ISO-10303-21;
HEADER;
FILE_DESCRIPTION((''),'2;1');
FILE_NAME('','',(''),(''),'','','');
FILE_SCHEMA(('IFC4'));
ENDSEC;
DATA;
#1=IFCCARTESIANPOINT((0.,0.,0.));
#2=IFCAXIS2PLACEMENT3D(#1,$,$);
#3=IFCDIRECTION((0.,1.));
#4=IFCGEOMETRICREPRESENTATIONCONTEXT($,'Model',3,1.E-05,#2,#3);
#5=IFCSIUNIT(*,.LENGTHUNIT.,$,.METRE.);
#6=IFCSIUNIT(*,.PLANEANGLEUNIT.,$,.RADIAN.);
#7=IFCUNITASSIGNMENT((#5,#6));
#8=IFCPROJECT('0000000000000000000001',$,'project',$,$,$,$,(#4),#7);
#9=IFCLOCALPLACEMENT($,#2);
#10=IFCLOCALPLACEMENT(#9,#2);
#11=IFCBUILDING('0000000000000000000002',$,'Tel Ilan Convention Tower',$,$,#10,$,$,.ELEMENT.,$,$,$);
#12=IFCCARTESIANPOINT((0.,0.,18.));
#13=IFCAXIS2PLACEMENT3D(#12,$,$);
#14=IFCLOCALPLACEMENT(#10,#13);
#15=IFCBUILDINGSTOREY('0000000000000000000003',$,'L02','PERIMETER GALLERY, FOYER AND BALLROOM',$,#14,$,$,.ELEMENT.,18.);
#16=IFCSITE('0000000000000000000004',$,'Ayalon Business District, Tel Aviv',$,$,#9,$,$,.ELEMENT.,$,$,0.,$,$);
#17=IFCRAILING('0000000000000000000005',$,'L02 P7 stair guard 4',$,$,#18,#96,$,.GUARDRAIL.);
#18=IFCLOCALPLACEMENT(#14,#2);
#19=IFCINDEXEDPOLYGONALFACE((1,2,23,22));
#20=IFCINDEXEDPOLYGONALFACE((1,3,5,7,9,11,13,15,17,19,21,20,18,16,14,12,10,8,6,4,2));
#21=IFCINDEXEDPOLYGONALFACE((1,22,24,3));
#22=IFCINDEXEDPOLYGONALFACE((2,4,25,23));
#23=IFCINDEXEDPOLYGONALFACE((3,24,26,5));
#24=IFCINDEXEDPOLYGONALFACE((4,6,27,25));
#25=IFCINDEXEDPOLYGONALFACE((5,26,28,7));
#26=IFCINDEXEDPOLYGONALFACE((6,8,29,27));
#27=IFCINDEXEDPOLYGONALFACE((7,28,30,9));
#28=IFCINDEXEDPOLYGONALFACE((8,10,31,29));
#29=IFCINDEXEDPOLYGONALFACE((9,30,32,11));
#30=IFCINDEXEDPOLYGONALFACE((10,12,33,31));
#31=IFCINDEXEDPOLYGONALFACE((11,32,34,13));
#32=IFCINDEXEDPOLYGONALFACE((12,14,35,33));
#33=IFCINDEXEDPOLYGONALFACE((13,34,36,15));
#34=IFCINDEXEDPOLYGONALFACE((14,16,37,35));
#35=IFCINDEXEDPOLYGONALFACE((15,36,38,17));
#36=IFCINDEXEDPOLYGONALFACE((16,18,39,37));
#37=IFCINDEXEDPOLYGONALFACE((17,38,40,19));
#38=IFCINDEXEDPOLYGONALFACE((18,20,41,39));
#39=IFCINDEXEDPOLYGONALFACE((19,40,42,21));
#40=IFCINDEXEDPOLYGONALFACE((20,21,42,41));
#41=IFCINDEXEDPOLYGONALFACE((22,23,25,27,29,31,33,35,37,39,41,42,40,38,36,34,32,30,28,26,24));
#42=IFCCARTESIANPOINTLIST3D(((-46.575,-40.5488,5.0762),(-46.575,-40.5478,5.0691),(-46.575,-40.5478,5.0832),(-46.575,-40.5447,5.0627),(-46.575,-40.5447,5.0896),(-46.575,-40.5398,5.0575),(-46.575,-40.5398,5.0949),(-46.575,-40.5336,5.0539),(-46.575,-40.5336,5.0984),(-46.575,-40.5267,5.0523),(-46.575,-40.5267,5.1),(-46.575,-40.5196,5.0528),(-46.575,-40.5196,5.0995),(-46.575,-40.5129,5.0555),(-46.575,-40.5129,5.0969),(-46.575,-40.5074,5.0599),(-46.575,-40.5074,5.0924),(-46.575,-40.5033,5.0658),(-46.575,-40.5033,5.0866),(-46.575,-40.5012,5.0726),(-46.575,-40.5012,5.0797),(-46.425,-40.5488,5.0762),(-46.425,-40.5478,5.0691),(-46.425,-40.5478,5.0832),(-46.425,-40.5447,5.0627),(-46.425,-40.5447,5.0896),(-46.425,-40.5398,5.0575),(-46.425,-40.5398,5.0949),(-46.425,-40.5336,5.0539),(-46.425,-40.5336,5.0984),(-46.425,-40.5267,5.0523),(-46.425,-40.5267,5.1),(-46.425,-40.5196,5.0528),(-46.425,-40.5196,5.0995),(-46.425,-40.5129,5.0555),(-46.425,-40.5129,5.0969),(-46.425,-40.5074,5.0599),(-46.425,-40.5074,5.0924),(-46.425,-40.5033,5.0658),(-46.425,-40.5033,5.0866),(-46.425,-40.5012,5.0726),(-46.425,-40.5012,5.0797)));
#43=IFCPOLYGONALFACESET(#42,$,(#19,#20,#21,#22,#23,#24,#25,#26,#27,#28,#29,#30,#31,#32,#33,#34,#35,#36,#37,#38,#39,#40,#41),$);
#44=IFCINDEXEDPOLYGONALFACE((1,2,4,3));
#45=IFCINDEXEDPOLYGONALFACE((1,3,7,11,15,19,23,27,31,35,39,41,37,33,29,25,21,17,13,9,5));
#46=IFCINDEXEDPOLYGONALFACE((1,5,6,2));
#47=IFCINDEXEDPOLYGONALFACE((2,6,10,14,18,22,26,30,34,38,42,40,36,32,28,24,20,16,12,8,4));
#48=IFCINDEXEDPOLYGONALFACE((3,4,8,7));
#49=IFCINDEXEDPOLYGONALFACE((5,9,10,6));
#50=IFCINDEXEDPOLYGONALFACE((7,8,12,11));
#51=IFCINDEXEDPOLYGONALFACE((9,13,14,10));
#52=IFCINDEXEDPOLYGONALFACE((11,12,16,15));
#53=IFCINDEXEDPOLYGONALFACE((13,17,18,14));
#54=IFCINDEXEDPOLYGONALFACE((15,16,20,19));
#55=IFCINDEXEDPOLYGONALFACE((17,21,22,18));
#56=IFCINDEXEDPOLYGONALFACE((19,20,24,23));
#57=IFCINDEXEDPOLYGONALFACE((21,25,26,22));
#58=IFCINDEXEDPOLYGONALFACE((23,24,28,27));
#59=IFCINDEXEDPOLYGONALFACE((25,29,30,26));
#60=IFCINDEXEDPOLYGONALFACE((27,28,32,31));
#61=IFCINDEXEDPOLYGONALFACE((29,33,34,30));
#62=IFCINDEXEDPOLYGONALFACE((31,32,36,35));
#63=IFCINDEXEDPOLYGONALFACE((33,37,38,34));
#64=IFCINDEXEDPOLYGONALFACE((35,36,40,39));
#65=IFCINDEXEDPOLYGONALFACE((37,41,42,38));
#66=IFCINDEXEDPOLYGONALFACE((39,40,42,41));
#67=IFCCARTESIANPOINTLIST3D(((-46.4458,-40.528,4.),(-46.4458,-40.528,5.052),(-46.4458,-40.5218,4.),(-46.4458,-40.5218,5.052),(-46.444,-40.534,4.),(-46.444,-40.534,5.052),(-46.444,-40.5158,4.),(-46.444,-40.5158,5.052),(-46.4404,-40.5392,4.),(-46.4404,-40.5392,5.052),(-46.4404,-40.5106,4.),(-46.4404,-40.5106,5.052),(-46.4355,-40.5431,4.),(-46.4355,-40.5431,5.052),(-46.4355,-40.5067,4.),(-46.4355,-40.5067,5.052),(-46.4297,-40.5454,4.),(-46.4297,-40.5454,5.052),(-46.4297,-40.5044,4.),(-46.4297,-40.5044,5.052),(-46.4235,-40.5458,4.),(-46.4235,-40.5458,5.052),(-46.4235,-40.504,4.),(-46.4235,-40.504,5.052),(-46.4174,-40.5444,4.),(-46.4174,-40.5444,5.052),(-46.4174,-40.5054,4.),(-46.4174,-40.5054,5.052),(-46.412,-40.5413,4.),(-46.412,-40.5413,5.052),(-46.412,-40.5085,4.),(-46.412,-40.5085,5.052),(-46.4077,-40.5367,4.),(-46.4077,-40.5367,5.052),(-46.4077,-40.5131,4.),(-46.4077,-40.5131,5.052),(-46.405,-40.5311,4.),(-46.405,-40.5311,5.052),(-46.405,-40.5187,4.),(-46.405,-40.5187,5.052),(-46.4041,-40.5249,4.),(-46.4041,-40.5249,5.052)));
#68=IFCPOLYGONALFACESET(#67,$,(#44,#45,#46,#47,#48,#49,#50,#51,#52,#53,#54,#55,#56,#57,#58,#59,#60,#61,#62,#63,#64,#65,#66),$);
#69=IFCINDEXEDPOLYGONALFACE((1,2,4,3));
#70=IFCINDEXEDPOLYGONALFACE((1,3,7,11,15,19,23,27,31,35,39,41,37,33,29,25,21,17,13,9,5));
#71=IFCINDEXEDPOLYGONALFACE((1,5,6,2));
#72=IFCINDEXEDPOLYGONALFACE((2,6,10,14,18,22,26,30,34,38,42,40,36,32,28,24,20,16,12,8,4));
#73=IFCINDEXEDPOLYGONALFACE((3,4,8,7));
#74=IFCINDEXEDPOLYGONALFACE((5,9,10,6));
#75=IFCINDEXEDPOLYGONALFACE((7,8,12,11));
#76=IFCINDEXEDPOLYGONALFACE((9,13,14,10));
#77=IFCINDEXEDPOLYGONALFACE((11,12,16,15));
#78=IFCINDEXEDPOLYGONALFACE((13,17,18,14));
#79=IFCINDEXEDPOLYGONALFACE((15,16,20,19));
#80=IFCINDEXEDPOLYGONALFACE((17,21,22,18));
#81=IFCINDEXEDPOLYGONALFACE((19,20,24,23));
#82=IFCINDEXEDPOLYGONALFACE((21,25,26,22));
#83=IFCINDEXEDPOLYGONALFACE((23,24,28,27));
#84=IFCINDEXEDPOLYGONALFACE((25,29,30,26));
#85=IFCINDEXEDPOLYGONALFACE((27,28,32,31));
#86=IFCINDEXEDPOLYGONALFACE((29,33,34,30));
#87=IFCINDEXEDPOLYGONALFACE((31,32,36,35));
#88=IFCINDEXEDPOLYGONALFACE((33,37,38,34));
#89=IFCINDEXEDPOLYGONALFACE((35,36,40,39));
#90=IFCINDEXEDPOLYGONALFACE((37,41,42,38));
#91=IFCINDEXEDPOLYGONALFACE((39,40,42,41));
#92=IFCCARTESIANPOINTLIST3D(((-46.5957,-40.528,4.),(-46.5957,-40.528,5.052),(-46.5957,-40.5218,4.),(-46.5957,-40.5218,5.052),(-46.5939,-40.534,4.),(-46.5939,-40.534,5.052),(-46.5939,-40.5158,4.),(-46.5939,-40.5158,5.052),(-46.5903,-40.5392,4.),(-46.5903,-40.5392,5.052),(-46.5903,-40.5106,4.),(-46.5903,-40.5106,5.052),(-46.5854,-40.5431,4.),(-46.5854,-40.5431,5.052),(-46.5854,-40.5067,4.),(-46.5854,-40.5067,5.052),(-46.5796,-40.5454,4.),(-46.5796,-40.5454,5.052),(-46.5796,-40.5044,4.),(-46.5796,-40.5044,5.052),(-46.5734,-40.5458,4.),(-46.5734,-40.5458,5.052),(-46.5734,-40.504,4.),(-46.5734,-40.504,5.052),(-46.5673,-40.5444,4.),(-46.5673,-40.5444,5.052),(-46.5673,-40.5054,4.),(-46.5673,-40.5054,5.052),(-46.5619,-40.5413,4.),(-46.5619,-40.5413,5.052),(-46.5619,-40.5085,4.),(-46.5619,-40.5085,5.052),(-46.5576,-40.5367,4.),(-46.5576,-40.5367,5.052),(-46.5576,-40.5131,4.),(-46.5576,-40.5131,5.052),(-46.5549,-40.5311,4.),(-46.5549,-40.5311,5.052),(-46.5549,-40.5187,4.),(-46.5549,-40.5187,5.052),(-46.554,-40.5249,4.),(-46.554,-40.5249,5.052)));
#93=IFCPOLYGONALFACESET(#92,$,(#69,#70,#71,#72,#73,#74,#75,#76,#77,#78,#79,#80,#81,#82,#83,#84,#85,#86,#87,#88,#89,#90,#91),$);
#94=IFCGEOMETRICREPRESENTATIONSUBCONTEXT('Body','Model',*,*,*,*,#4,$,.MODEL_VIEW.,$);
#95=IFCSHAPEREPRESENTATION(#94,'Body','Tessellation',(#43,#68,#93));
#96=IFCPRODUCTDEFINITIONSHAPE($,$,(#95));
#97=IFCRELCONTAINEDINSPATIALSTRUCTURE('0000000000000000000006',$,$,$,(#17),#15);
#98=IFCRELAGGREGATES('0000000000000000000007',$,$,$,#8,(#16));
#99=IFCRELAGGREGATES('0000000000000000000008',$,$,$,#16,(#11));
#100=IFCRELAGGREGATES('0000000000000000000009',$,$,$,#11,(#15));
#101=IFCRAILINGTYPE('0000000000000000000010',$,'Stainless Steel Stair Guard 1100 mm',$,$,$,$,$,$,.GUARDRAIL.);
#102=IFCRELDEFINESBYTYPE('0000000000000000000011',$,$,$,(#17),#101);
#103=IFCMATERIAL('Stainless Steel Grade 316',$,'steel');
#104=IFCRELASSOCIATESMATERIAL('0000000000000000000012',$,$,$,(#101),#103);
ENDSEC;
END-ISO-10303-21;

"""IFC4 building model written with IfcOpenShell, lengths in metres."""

from ifc_helpers import new_model, si_unit, direction, frame, origin, origin_2d, place, context, subcontext, project, spatial, circle, extrude, material, type_object, element, save


model = new_model("IFC4")

# Units and contexts
model_context = context("Model", 3, precision=1e-05, world=origin(), true_north=direction((0.0, 1.0)))
body_context = subcontext(model_context, "Body", "Model", "MODEL_VIEW")
ifc_project = project(units=[si_unit("LENGTHUNIT", "METRE"), si_unit("PLANEANGLEUNIT", "RADIAN")], contexts=[model_context])

# Site, building, storey
site_placement = place(None, origin())
site = spatial("IfcSite", under=ifc_project, at=site_placement, Name="Ayalon Business District, Tel Aviv", CompositionType="ELEMENT", RefElevation=0.0)
building_placement = place(site_placement, origin())
building = spatial("IfcBuilding", under=site, at=building_placement, Name="Tel Ilan Convention Tower", CompositionType="ELEMENT")
storey_placement = place(building_placement, frame((0.0, 0.0, 18.0)))
storey = spatial("IfcBuildingStorey", under=building, at=storey_placement, Name="L02", Description="PERIMETER GALLERY, FOYER AND BALLROOM", CompositionType="ELEMENT", Elevation=18.0)

# Railing
ifc_material_1 = material(Name="Stainless Steel Grade 316", Category="steel")
railing_type_1 = type_object("IfcRailingType", Name="Stainless Steel Stair Guard 1100 mm", PredefinedType="GUARDRAIL", material=ifc_material_1)
railing_1_placement = place(storey_placement, frame((-46.425, -40.5249, 4.0)))
element("IfcRailing", 1, at=railing_1_placement, inside=storey, type_object=railing_type_1, Name="L02 P7 stair guard 4", PredefinedType="GUARDRAIL", context=body_context, shape_type="SweptSolid", body=[
    extrude(circle(Radius=0.0239, at=origin_2d()), frame((0.0, 0.0, 1.0762), z_axis=(-1.0, 0.0, 0.0), x_axis=(0.0, -1.0, 0.0)), (0.0, 0.0, 1.0), 0.1499),
    extrude(circle(Radius=0.021, at=origin_2d()), origin(), (0.0, 0.0, 1.0), 1.052),
    extrude(circle(Radius=0.021, at=origin_2d()), frame((-0.1499, 0.0, 0.0)), (0.0, 0.0, 1.0), 1.052),
])

save(model, "model.ifc")
